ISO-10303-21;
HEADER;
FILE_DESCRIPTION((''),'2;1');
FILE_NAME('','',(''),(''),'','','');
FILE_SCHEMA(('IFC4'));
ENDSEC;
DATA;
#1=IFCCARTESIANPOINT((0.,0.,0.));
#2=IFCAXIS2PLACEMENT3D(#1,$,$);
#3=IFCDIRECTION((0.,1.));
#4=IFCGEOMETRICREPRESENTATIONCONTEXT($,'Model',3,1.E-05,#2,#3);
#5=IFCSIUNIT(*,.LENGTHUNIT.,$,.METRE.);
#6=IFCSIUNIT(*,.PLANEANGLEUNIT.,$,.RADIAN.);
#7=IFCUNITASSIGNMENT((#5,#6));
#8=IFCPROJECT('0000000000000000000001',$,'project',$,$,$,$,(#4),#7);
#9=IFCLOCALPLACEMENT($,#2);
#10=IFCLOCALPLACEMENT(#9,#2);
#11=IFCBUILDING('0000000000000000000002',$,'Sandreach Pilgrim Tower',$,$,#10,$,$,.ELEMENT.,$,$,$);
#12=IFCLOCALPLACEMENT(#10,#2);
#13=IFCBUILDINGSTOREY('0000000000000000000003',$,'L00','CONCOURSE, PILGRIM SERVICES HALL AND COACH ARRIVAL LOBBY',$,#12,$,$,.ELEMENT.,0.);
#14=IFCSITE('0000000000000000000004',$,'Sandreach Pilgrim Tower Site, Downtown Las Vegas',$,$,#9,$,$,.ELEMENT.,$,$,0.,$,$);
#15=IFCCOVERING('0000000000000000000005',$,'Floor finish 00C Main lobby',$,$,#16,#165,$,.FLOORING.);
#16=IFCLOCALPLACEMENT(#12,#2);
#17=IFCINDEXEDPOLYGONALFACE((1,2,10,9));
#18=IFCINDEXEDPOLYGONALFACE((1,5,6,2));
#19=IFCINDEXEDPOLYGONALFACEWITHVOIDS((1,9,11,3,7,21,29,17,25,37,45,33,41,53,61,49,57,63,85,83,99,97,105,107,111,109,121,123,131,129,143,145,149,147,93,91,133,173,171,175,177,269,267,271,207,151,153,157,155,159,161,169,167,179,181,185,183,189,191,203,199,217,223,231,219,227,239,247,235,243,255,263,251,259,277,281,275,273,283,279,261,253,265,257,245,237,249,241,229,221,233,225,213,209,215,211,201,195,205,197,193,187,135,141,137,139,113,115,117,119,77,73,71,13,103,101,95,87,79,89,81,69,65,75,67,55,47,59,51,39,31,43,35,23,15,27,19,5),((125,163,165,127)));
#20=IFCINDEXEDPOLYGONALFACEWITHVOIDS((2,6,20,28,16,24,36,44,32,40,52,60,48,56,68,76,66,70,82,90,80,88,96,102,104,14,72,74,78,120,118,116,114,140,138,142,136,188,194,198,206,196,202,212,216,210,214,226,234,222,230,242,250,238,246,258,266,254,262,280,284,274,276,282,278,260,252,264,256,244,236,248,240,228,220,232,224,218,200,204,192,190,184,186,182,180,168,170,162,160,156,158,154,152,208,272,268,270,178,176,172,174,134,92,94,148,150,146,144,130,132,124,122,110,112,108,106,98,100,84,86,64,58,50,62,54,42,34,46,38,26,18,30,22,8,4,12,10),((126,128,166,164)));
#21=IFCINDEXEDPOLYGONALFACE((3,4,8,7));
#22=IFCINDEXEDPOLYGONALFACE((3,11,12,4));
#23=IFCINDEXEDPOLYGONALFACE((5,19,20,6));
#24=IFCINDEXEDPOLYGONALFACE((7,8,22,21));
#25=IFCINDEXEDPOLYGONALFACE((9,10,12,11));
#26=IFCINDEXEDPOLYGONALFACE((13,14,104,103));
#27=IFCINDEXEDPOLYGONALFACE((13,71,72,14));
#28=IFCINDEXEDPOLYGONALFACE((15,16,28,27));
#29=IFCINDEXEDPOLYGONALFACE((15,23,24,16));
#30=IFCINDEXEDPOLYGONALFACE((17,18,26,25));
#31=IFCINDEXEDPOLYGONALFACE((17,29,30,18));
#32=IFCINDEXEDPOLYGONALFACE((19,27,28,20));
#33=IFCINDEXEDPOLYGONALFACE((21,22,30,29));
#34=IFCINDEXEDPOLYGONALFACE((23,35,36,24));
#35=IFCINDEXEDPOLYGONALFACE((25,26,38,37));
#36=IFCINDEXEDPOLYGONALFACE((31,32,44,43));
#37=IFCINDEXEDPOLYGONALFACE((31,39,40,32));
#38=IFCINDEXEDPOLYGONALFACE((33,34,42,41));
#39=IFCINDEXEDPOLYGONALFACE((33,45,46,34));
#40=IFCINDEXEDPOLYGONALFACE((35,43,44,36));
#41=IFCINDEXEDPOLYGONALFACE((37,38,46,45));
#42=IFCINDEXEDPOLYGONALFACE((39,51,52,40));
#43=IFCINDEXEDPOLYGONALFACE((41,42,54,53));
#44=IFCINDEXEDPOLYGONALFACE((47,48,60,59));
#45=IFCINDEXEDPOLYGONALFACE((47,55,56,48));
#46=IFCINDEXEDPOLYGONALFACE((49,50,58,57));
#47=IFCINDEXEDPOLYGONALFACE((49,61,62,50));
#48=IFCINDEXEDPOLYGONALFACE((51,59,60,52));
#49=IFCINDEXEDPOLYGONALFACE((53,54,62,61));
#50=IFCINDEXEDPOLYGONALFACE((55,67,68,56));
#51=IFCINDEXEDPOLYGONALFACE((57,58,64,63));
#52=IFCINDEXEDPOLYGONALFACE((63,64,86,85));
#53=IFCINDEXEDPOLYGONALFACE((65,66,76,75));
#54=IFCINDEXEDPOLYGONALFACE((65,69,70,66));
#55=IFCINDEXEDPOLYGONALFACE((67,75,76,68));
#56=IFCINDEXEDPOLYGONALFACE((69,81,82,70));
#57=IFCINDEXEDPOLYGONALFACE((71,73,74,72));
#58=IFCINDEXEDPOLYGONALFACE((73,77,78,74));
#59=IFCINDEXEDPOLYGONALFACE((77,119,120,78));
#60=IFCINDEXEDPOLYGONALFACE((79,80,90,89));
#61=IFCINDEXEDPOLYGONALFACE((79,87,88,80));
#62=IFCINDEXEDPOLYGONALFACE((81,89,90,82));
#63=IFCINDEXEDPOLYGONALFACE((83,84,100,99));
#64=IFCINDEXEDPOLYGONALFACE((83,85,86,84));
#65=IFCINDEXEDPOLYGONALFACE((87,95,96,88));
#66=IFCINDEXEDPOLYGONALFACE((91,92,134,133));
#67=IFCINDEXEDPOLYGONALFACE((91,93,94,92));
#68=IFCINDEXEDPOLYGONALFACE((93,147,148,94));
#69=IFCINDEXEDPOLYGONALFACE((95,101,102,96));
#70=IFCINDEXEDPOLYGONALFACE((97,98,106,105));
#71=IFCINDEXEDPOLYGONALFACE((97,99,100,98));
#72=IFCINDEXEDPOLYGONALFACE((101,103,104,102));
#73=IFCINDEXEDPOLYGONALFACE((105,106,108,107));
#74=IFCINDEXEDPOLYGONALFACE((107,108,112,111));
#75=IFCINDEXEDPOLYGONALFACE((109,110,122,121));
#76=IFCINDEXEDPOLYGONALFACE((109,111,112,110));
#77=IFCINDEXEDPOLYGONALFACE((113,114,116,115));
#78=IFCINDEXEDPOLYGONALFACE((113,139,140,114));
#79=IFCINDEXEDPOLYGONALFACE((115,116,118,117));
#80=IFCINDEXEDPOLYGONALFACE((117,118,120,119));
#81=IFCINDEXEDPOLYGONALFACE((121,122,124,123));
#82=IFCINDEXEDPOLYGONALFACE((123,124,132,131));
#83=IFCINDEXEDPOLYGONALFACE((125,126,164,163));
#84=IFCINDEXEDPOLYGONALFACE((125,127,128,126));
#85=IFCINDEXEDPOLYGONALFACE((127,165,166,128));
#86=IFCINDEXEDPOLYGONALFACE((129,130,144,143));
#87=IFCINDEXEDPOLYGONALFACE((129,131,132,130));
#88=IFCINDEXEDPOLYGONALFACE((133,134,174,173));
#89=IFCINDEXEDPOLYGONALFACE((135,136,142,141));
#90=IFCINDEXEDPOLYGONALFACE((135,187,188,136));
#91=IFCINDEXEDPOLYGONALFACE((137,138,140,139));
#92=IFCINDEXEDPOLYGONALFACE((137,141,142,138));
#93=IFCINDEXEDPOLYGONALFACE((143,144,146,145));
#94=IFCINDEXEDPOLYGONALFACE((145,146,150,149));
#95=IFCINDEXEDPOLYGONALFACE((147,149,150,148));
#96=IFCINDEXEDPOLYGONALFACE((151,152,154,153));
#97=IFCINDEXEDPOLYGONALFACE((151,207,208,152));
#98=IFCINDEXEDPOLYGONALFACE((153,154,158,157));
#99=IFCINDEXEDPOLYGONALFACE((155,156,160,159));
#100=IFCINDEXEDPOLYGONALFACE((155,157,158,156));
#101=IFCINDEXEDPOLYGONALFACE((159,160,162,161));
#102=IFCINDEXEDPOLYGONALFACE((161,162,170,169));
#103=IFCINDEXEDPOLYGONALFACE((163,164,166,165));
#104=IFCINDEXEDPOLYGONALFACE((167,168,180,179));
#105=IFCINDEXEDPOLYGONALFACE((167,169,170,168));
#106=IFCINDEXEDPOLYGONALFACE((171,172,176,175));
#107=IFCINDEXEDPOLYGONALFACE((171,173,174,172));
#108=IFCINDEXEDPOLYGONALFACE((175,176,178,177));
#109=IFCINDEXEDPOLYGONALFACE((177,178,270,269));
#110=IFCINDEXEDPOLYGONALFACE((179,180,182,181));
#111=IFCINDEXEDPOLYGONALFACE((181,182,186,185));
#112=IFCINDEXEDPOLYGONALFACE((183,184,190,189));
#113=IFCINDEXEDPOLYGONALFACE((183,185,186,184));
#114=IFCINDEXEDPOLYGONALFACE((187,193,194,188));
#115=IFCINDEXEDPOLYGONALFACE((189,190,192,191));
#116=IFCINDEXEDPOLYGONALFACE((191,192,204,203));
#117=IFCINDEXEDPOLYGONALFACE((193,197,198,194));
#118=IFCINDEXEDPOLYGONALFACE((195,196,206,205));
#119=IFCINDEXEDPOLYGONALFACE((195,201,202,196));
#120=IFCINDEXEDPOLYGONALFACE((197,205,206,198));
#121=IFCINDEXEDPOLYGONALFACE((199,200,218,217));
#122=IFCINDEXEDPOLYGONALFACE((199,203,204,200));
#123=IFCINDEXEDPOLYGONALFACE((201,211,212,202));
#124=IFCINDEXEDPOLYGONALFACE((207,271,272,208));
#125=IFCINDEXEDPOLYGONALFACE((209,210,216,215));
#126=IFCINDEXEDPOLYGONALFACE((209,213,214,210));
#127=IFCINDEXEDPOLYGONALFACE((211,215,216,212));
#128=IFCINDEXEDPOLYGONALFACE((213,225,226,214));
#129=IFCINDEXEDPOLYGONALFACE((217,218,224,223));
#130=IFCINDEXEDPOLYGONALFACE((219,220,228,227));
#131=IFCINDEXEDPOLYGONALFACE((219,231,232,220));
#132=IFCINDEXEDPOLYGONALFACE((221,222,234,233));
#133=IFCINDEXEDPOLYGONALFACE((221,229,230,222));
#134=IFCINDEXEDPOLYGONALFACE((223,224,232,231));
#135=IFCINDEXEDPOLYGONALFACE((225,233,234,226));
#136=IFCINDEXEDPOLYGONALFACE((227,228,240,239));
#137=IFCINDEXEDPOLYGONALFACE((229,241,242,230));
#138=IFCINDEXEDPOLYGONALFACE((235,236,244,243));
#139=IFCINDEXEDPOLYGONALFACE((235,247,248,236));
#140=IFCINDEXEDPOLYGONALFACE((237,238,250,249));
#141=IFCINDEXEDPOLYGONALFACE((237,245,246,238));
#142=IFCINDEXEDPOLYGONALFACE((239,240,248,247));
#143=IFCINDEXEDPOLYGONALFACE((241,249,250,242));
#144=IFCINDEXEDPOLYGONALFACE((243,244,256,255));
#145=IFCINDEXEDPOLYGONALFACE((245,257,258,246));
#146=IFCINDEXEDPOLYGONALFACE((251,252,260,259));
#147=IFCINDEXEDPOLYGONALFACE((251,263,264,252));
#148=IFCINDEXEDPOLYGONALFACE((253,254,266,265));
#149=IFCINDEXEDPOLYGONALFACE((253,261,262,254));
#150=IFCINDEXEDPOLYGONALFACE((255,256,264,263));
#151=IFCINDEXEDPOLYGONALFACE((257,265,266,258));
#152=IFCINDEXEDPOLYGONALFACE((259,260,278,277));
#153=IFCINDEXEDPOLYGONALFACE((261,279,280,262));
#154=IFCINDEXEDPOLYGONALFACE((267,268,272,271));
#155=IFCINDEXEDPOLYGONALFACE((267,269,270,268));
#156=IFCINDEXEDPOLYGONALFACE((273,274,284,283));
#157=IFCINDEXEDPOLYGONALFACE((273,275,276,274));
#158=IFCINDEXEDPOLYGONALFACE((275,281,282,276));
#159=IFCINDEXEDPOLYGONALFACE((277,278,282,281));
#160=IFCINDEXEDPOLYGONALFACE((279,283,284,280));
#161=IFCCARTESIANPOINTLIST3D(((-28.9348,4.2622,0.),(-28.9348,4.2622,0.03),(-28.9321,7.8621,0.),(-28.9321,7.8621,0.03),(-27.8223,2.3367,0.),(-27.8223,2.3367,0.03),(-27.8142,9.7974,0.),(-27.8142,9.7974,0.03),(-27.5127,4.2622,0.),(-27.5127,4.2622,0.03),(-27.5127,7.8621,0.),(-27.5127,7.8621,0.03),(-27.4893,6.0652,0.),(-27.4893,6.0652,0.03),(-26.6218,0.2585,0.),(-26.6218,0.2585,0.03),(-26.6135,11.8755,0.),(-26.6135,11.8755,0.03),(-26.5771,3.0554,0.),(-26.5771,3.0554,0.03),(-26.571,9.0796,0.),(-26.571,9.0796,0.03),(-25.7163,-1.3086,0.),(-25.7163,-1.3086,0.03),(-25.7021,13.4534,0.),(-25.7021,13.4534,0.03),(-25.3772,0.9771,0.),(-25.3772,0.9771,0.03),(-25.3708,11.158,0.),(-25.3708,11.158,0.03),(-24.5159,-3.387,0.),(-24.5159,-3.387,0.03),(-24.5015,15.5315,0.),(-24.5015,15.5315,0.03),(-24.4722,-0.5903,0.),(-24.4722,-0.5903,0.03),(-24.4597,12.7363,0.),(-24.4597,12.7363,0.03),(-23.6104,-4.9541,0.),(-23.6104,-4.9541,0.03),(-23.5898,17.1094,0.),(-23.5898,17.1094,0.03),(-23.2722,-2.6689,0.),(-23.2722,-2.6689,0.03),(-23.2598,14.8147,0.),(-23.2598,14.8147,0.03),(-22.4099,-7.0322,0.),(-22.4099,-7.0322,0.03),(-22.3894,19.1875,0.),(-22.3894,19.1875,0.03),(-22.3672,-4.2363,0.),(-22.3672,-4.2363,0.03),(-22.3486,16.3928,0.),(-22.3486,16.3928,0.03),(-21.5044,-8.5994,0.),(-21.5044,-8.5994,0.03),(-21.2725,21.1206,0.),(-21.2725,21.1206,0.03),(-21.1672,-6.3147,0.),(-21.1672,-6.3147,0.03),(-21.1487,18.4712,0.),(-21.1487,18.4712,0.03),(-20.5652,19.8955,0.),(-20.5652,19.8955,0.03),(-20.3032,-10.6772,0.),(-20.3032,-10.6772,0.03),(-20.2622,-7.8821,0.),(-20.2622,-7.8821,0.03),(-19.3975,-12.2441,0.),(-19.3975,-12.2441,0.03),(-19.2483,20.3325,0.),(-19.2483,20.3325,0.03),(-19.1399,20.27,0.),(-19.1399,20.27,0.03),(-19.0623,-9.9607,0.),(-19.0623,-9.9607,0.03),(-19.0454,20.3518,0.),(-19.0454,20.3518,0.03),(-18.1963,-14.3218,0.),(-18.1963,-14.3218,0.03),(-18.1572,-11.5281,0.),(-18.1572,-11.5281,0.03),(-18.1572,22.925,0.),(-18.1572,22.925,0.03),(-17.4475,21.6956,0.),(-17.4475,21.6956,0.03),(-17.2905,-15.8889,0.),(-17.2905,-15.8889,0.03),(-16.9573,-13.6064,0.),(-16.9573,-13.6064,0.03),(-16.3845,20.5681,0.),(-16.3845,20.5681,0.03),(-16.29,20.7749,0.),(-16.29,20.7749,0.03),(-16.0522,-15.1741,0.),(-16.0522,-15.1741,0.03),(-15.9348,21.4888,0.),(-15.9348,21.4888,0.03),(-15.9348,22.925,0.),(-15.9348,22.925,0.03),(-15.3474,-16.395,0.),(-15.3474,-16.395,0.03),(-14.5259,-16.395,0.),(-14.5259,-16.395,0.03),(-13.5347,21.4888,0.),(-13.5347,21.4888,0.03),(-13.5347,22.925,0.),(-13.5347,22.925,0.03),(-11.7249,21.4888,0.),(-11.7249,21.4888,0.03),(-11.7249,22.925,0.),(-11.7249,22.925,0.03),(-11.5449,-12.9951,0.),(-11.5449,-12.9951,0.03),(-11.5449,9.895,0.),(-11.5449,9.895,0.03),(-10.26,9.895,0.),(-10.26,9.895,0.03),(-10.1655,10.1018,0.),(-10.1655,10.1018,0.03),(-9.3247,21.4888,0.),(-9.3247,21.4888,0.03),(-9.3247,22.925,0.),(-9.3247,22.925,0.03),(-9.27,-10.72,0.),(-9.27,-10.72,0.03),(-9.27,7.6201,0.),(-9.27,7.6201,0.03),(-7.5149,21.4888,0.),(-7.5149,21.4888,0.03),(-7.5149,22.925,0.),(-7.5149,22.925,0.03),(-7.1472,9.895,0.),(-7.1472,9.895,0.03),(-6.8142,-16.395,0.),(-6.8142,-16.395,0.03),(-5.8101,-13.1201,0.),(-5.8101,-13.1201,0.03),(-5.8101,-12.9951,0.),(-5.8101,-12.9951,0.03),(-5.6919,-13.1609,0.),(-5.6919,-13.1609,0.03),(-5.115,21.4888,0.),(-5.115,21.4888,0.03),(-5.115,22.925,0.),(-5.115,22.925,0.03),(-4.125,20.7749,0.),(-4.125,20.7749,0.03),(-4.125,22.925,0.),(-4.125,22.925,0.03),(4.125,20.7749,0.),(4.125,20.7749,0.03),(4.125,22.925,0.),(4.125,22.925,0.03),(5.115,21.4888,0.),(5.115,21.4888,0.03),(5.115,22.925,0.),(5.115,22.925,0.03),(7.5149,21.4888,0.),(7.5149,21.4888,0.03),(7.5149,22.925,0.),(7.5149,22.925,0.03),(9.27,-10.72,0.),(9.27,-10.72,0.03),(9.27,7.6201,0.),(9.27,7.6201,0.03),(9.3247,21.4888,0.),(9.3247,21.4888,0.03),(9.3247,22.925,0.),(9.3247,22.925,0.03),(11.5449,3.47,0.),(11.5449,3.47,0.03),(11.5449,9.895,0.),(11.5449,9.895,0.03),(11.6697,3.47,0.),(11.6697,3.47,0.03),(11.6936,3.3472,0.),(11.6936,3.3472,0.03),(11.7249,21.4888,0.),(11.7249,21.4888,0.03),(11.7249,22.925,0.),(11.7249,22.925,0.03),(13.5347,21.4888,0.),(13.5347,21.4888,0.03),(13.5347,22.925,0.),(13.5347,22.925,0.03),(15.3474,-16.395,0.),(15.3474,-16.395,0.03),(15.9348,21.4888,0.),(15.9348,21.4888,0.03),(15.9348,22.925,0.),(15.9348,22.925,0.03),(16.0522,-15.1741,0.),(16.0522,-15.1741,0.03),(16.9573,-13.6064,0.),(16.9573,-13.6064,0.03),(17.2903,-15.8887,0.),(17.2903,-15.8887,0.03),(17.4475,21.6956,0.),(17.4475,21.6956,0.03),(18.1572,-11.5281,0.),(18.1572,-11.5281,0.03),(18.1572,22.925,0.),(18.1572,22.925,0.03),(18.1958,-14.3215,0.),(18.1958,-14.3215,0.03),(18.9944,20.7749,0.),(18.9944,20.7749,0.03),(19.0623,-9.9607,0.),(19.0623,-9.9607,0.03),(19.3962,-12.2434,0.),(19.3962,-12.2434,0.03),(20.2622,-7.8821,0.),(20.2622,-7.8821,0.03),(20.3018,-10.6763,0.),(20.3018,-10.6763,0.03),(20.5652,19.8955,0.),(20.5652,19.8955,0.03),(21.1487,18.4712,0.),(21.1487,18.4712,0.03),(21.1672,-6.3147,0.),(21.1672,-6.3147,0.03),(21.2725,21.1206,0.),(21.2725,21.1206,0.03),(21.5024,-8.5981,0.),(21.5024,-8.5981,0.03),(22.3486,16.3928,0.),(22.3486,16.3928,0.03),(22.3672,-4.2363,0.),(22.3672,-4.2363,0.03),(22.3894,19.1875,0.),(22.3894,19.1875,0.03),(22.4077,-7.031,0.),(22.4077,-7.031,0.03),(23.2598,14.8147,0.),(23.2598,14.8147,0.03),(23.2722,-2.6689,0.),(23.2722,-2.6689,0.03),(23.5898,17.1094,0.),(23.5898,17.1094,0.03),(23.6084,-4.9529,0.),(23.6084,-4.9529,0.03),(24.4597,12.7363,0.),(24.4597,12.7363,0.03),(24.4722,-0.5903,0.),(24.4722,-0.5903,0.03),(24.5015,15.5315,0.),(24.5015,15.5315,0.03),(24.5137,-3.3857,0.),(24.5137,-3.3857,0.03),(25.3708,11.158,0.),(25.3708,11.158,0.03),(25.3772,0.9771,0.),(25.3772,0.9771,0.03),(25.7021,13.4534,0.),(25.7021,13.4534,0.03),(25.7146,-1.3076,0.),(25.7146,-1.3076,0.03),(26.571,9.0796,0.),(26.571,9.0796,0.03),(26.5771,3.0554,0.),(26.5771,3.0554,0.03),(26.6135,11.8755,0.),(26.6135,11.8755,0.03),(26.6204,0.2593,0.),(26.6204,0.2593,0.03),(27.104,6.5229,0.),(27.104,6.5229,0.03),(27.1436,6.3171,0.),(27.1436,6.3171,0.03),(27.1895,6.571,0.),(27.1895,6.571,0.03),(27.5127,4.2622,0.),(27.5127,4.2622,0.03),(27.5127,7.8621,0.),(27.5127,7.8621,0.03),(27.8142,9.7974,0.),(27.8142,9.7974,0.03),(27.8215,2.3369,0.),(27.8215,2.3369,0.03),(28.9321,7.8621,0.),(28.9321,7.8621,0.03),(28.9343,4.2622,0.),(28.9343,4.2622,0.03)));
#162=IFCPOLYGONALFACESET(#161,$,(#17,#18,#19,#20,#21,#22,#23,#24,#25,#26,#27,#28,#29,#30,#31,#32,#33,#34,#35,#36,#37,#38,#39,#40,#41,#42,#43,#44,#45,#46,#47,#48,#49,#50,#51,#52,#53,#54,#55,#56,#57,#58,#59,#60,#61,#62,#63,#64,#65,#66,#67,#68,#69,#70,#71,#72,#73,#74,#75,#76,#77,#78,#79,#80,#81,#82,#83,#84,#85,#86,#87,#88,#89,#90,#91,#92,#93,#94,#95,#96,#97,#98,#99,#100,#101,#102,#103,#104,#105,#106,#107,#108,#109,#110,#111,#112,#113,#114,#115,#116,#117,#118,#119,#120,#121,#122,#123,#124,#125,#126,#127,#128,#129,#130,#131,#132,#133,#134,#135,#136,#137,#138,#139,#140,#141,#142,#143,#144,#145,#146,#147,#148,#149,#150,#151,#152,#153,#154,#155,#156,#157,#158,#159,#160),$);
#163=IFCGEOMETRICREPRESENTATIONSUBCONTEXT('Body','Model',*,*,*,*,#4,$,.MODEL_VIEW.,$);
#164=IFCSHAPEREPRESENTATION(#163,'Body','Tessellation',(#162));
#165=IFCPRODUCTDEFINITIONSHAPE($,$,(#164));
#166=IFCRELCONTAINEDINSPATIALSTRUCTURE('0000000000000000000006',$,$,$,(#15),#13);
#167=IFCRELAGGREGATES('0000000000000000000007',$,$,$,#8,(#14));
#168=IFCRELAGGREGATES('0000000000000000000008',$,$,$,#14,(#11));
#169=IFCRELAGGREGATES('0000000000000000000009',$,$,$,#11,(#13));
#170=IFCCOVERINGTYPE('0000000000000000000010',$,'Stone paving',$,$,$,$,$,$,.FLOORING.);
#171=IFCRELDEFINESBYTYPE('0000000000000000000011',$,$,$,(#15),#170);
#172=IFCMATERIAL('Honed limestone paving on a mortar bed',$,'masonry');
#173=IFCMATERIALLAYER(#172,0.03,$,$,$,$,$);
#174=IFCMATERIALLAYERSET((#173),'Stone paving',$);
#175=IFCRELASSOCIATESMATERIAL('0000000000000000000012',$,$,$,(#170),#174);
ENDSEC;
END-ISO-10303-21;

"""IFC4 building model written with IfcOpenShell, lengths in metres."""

from ifc_helpers import new_model, si_unit, direction, origin, place, context, subcontext, project, spatial, polyline, outline, extrude, material, layer, layer_set, type_object, element, save


model = new_model("IFC4")

# Units and contexts
model_context = context("Model", 3, precision=1e-05, world=origin(), true_north=direction((0.0, 1.0)))
body_context = subcontext(model_context, "Body", "Model", "MODEL_VIEW")
ifc_project = project(units=[si_unit("LENGTHUNIT", "METRE"), si_unit("PLANEANGLEUNIT", "RADIAN")], contexts=[model_context])

# Site, building, storey
site_placement = place(None, origin())
site = spatial("IfcSite", under=ifc_project, at=site_placement, Name="Sandreach Pilgrim Tower Site, Downtown Las Vegas", CompositionType="ELEMENT", RefElevation=0.0)
building_placement = place(site_placement, origin())
building = spatial("IfcBuilding", under=site, at=building_placement, Name="Sandreach Pilgrim Tower", CompositionType="ELEMENT")
storey_placement = place(building_placement, origin())
storey = spatial("IfcBuildingStorey", under=building, at=storey_placement, Name="L00", Description="CONCOURSE, PILGRIM SERVICES HALL AND COACH ARRIVAL LOBBY", CompositionType="ELEMENT", Elevation=0.0)

# Covering
ifc_material_1 = material(Name="Honed limestone paving on a mortar bed", Category="masonry")
ifc_layer_1 = layer(ifc_material_1, 0.03)
ifc_layer_set_1 = layer_set([ifc_layer_1], Name="Stone paving")
covering_type_1 = type_object("IfcCoveringType", Name="Stone paving", PredefinedType="FLOORING", material=ifc_layer_set_1)
covering_1_placement = place(storey_placement, origin())
element("IfcCovering", 1, at=covering_1_placement, inside=storey, type_object=covering_type_1, Name="Floor finish 00C Main lobby", PredefinedType="FLOORING", context=body_context, shape_type="SweptSolid", body=[
    extrude(outline(polyline([(-27.5127, 7.8621), (-28.9321, 7.8621), (-27.8142, 9.7974), (-26.571, 9.0796), (-25.3708, 11.158), (-26.6135, 11.8755), (-25.7021, 13.4534), (-24.4597, 12.7363), (-23.2598, 14.8147), (-24.5015, 15.5315), (-23.5898, 17.1094), (-22.3486, 16.3928), (-21.1487, 18.4712), (-22.3894, 19.1875), (-21.2725, 21.1206), (-20.5652, 19.8955), (-17.4475, 21.6956), (-18.1572, 22.925), (-15.9348, 22.925), (-15.9348, 21.4888), (-13.5347, 21.4888), (-13.5347, 22.925), (-11.7249, 22.925), (-11.7249, 21.4888), (-9.3247, 21.4888), (-9.3247, 22.925), (-7.5149, 22.925), (-7.5149, 21.4888), (-5.115, 21.4888), (-5.115, 22.925), (-4.125, 22.925), (-4.125, 20.7749), (-16.29, 20.7749), (-16.3845, 20.5681), (-7.1472, 9.895), (11.5449, 9.895), (11.5449, 3.47), (11.6697, 3.47), (11.6936, 3.3472), (27.1436, 6.3171), (27.104, 6.5229), (27.1895, 6.571), (18.9944, 20.7749), (4.125, 20.7749), (4.125, 22.925), (5.115, 22.925), (5.115, 21.4888), (7.5149, 21.4888), (7.5149, 22.925), (9.3247, 22.925), (9.3247, 21.4888), (11.7249, 21.4888), (11.7249, 22.925), (13.5347, 22.925), (13.5347, 21.4888), (15.9348, 21.4888), (15.9348, 22.925), (18.1572, 22.925), (17.4475, 21.6956), (20.5652, 19.8955), (21.2725, 21.1206), (22.3894, 19.1875), (21.1487, 18.4712), (22.3486, 16.3928), (23.5898, 17.1094), (24.5015, 15.5315), (23.2598, 14.8147), (24.4597, 12.7363), (25.7021, 13.4534), (26.6135, 11.8755), (25.3708, 11.158), (26.571, 9.0796), (27.8142, 9.7974), (28.9321, 7.8621), (27.5127, 7.8621), (27.5127, 4.2622), (28.9343, 4.2622), (27.8215, 2.3369), (26.5771, 3.0554), (25.3772, 0.9771), (26.6204, 0.2593), (25.7146, -1.3076), (24.4722, -0.5903), (23.2722, -2.6689), (24.5137, -3.3857), (23.6084, -4.9529), (22.3672, -4.2363), (21.1672, -6.3147), (22.4077, -7.031), (21.5024, -8.5981), (20.2622, -7.8821), (19.0623, -9.9607), (20.3018, -10.6763), (19.3962, -12.2434), (18.1572, -11.5281), (16.9573, -13.6064), (18.1958, -14.3215), (17.2903, -15.8887), (16.0522, -15.1741), (15.3474, -16.395), (-6.8142, -16.395), (-5.6919, -13.1609), (-5.8101, -13.1201), (-5.8101, -12.9951), (-11.5449, -12.9951), (-11.5449, 9.895), (-10.26, 9.895), (-10.1655, 10.1018), (-19.0454, 20.3518), (-19.1399, 20.27), (-19.2483, 20.3325), (-27.4893, 6.0652), (-14.5259, -16.395), (-15.3474, -16.395), (-16.0522, -15.1741), (-17.2905, -15.8889), (-18.1963, -14.3218), (-16.9573, -13.6064), (-18.1572, -11.5281), (-19.3975, -12.2441), (-20.3032, -10.6772), (-19.0623, -9.9607), (-20.2622, -7.8821), (-21.5044, -8.5994), (-22.4099, -7.0322), (-21.1672, -6.3147), (-22.3672, -4.2363), (-23.6104, -4.9541), (-24.5159, -3.387), (-23.2722, -2.6689), (-24.4722, -0.5903), (-25.7163, -1.3086), (-26.6218, 0.2585), (-25.3772, 0.9771), (-26.5771, 3.0554), (-27.8223, 2.3367), (-28.9348, 4.2622), (-27.5127, 4.2622), (-27.5127, 7.8621)]), holes=[polyline([(9.27, 7.6201), (-9.27, 7.6201), (-9.27, -10.72), (9.27, -10.72), (9.27, 7.6201)])]), origin(), (0.0, 0.0, 1.0), 0.03),
])

save(model, "model.ifc")
